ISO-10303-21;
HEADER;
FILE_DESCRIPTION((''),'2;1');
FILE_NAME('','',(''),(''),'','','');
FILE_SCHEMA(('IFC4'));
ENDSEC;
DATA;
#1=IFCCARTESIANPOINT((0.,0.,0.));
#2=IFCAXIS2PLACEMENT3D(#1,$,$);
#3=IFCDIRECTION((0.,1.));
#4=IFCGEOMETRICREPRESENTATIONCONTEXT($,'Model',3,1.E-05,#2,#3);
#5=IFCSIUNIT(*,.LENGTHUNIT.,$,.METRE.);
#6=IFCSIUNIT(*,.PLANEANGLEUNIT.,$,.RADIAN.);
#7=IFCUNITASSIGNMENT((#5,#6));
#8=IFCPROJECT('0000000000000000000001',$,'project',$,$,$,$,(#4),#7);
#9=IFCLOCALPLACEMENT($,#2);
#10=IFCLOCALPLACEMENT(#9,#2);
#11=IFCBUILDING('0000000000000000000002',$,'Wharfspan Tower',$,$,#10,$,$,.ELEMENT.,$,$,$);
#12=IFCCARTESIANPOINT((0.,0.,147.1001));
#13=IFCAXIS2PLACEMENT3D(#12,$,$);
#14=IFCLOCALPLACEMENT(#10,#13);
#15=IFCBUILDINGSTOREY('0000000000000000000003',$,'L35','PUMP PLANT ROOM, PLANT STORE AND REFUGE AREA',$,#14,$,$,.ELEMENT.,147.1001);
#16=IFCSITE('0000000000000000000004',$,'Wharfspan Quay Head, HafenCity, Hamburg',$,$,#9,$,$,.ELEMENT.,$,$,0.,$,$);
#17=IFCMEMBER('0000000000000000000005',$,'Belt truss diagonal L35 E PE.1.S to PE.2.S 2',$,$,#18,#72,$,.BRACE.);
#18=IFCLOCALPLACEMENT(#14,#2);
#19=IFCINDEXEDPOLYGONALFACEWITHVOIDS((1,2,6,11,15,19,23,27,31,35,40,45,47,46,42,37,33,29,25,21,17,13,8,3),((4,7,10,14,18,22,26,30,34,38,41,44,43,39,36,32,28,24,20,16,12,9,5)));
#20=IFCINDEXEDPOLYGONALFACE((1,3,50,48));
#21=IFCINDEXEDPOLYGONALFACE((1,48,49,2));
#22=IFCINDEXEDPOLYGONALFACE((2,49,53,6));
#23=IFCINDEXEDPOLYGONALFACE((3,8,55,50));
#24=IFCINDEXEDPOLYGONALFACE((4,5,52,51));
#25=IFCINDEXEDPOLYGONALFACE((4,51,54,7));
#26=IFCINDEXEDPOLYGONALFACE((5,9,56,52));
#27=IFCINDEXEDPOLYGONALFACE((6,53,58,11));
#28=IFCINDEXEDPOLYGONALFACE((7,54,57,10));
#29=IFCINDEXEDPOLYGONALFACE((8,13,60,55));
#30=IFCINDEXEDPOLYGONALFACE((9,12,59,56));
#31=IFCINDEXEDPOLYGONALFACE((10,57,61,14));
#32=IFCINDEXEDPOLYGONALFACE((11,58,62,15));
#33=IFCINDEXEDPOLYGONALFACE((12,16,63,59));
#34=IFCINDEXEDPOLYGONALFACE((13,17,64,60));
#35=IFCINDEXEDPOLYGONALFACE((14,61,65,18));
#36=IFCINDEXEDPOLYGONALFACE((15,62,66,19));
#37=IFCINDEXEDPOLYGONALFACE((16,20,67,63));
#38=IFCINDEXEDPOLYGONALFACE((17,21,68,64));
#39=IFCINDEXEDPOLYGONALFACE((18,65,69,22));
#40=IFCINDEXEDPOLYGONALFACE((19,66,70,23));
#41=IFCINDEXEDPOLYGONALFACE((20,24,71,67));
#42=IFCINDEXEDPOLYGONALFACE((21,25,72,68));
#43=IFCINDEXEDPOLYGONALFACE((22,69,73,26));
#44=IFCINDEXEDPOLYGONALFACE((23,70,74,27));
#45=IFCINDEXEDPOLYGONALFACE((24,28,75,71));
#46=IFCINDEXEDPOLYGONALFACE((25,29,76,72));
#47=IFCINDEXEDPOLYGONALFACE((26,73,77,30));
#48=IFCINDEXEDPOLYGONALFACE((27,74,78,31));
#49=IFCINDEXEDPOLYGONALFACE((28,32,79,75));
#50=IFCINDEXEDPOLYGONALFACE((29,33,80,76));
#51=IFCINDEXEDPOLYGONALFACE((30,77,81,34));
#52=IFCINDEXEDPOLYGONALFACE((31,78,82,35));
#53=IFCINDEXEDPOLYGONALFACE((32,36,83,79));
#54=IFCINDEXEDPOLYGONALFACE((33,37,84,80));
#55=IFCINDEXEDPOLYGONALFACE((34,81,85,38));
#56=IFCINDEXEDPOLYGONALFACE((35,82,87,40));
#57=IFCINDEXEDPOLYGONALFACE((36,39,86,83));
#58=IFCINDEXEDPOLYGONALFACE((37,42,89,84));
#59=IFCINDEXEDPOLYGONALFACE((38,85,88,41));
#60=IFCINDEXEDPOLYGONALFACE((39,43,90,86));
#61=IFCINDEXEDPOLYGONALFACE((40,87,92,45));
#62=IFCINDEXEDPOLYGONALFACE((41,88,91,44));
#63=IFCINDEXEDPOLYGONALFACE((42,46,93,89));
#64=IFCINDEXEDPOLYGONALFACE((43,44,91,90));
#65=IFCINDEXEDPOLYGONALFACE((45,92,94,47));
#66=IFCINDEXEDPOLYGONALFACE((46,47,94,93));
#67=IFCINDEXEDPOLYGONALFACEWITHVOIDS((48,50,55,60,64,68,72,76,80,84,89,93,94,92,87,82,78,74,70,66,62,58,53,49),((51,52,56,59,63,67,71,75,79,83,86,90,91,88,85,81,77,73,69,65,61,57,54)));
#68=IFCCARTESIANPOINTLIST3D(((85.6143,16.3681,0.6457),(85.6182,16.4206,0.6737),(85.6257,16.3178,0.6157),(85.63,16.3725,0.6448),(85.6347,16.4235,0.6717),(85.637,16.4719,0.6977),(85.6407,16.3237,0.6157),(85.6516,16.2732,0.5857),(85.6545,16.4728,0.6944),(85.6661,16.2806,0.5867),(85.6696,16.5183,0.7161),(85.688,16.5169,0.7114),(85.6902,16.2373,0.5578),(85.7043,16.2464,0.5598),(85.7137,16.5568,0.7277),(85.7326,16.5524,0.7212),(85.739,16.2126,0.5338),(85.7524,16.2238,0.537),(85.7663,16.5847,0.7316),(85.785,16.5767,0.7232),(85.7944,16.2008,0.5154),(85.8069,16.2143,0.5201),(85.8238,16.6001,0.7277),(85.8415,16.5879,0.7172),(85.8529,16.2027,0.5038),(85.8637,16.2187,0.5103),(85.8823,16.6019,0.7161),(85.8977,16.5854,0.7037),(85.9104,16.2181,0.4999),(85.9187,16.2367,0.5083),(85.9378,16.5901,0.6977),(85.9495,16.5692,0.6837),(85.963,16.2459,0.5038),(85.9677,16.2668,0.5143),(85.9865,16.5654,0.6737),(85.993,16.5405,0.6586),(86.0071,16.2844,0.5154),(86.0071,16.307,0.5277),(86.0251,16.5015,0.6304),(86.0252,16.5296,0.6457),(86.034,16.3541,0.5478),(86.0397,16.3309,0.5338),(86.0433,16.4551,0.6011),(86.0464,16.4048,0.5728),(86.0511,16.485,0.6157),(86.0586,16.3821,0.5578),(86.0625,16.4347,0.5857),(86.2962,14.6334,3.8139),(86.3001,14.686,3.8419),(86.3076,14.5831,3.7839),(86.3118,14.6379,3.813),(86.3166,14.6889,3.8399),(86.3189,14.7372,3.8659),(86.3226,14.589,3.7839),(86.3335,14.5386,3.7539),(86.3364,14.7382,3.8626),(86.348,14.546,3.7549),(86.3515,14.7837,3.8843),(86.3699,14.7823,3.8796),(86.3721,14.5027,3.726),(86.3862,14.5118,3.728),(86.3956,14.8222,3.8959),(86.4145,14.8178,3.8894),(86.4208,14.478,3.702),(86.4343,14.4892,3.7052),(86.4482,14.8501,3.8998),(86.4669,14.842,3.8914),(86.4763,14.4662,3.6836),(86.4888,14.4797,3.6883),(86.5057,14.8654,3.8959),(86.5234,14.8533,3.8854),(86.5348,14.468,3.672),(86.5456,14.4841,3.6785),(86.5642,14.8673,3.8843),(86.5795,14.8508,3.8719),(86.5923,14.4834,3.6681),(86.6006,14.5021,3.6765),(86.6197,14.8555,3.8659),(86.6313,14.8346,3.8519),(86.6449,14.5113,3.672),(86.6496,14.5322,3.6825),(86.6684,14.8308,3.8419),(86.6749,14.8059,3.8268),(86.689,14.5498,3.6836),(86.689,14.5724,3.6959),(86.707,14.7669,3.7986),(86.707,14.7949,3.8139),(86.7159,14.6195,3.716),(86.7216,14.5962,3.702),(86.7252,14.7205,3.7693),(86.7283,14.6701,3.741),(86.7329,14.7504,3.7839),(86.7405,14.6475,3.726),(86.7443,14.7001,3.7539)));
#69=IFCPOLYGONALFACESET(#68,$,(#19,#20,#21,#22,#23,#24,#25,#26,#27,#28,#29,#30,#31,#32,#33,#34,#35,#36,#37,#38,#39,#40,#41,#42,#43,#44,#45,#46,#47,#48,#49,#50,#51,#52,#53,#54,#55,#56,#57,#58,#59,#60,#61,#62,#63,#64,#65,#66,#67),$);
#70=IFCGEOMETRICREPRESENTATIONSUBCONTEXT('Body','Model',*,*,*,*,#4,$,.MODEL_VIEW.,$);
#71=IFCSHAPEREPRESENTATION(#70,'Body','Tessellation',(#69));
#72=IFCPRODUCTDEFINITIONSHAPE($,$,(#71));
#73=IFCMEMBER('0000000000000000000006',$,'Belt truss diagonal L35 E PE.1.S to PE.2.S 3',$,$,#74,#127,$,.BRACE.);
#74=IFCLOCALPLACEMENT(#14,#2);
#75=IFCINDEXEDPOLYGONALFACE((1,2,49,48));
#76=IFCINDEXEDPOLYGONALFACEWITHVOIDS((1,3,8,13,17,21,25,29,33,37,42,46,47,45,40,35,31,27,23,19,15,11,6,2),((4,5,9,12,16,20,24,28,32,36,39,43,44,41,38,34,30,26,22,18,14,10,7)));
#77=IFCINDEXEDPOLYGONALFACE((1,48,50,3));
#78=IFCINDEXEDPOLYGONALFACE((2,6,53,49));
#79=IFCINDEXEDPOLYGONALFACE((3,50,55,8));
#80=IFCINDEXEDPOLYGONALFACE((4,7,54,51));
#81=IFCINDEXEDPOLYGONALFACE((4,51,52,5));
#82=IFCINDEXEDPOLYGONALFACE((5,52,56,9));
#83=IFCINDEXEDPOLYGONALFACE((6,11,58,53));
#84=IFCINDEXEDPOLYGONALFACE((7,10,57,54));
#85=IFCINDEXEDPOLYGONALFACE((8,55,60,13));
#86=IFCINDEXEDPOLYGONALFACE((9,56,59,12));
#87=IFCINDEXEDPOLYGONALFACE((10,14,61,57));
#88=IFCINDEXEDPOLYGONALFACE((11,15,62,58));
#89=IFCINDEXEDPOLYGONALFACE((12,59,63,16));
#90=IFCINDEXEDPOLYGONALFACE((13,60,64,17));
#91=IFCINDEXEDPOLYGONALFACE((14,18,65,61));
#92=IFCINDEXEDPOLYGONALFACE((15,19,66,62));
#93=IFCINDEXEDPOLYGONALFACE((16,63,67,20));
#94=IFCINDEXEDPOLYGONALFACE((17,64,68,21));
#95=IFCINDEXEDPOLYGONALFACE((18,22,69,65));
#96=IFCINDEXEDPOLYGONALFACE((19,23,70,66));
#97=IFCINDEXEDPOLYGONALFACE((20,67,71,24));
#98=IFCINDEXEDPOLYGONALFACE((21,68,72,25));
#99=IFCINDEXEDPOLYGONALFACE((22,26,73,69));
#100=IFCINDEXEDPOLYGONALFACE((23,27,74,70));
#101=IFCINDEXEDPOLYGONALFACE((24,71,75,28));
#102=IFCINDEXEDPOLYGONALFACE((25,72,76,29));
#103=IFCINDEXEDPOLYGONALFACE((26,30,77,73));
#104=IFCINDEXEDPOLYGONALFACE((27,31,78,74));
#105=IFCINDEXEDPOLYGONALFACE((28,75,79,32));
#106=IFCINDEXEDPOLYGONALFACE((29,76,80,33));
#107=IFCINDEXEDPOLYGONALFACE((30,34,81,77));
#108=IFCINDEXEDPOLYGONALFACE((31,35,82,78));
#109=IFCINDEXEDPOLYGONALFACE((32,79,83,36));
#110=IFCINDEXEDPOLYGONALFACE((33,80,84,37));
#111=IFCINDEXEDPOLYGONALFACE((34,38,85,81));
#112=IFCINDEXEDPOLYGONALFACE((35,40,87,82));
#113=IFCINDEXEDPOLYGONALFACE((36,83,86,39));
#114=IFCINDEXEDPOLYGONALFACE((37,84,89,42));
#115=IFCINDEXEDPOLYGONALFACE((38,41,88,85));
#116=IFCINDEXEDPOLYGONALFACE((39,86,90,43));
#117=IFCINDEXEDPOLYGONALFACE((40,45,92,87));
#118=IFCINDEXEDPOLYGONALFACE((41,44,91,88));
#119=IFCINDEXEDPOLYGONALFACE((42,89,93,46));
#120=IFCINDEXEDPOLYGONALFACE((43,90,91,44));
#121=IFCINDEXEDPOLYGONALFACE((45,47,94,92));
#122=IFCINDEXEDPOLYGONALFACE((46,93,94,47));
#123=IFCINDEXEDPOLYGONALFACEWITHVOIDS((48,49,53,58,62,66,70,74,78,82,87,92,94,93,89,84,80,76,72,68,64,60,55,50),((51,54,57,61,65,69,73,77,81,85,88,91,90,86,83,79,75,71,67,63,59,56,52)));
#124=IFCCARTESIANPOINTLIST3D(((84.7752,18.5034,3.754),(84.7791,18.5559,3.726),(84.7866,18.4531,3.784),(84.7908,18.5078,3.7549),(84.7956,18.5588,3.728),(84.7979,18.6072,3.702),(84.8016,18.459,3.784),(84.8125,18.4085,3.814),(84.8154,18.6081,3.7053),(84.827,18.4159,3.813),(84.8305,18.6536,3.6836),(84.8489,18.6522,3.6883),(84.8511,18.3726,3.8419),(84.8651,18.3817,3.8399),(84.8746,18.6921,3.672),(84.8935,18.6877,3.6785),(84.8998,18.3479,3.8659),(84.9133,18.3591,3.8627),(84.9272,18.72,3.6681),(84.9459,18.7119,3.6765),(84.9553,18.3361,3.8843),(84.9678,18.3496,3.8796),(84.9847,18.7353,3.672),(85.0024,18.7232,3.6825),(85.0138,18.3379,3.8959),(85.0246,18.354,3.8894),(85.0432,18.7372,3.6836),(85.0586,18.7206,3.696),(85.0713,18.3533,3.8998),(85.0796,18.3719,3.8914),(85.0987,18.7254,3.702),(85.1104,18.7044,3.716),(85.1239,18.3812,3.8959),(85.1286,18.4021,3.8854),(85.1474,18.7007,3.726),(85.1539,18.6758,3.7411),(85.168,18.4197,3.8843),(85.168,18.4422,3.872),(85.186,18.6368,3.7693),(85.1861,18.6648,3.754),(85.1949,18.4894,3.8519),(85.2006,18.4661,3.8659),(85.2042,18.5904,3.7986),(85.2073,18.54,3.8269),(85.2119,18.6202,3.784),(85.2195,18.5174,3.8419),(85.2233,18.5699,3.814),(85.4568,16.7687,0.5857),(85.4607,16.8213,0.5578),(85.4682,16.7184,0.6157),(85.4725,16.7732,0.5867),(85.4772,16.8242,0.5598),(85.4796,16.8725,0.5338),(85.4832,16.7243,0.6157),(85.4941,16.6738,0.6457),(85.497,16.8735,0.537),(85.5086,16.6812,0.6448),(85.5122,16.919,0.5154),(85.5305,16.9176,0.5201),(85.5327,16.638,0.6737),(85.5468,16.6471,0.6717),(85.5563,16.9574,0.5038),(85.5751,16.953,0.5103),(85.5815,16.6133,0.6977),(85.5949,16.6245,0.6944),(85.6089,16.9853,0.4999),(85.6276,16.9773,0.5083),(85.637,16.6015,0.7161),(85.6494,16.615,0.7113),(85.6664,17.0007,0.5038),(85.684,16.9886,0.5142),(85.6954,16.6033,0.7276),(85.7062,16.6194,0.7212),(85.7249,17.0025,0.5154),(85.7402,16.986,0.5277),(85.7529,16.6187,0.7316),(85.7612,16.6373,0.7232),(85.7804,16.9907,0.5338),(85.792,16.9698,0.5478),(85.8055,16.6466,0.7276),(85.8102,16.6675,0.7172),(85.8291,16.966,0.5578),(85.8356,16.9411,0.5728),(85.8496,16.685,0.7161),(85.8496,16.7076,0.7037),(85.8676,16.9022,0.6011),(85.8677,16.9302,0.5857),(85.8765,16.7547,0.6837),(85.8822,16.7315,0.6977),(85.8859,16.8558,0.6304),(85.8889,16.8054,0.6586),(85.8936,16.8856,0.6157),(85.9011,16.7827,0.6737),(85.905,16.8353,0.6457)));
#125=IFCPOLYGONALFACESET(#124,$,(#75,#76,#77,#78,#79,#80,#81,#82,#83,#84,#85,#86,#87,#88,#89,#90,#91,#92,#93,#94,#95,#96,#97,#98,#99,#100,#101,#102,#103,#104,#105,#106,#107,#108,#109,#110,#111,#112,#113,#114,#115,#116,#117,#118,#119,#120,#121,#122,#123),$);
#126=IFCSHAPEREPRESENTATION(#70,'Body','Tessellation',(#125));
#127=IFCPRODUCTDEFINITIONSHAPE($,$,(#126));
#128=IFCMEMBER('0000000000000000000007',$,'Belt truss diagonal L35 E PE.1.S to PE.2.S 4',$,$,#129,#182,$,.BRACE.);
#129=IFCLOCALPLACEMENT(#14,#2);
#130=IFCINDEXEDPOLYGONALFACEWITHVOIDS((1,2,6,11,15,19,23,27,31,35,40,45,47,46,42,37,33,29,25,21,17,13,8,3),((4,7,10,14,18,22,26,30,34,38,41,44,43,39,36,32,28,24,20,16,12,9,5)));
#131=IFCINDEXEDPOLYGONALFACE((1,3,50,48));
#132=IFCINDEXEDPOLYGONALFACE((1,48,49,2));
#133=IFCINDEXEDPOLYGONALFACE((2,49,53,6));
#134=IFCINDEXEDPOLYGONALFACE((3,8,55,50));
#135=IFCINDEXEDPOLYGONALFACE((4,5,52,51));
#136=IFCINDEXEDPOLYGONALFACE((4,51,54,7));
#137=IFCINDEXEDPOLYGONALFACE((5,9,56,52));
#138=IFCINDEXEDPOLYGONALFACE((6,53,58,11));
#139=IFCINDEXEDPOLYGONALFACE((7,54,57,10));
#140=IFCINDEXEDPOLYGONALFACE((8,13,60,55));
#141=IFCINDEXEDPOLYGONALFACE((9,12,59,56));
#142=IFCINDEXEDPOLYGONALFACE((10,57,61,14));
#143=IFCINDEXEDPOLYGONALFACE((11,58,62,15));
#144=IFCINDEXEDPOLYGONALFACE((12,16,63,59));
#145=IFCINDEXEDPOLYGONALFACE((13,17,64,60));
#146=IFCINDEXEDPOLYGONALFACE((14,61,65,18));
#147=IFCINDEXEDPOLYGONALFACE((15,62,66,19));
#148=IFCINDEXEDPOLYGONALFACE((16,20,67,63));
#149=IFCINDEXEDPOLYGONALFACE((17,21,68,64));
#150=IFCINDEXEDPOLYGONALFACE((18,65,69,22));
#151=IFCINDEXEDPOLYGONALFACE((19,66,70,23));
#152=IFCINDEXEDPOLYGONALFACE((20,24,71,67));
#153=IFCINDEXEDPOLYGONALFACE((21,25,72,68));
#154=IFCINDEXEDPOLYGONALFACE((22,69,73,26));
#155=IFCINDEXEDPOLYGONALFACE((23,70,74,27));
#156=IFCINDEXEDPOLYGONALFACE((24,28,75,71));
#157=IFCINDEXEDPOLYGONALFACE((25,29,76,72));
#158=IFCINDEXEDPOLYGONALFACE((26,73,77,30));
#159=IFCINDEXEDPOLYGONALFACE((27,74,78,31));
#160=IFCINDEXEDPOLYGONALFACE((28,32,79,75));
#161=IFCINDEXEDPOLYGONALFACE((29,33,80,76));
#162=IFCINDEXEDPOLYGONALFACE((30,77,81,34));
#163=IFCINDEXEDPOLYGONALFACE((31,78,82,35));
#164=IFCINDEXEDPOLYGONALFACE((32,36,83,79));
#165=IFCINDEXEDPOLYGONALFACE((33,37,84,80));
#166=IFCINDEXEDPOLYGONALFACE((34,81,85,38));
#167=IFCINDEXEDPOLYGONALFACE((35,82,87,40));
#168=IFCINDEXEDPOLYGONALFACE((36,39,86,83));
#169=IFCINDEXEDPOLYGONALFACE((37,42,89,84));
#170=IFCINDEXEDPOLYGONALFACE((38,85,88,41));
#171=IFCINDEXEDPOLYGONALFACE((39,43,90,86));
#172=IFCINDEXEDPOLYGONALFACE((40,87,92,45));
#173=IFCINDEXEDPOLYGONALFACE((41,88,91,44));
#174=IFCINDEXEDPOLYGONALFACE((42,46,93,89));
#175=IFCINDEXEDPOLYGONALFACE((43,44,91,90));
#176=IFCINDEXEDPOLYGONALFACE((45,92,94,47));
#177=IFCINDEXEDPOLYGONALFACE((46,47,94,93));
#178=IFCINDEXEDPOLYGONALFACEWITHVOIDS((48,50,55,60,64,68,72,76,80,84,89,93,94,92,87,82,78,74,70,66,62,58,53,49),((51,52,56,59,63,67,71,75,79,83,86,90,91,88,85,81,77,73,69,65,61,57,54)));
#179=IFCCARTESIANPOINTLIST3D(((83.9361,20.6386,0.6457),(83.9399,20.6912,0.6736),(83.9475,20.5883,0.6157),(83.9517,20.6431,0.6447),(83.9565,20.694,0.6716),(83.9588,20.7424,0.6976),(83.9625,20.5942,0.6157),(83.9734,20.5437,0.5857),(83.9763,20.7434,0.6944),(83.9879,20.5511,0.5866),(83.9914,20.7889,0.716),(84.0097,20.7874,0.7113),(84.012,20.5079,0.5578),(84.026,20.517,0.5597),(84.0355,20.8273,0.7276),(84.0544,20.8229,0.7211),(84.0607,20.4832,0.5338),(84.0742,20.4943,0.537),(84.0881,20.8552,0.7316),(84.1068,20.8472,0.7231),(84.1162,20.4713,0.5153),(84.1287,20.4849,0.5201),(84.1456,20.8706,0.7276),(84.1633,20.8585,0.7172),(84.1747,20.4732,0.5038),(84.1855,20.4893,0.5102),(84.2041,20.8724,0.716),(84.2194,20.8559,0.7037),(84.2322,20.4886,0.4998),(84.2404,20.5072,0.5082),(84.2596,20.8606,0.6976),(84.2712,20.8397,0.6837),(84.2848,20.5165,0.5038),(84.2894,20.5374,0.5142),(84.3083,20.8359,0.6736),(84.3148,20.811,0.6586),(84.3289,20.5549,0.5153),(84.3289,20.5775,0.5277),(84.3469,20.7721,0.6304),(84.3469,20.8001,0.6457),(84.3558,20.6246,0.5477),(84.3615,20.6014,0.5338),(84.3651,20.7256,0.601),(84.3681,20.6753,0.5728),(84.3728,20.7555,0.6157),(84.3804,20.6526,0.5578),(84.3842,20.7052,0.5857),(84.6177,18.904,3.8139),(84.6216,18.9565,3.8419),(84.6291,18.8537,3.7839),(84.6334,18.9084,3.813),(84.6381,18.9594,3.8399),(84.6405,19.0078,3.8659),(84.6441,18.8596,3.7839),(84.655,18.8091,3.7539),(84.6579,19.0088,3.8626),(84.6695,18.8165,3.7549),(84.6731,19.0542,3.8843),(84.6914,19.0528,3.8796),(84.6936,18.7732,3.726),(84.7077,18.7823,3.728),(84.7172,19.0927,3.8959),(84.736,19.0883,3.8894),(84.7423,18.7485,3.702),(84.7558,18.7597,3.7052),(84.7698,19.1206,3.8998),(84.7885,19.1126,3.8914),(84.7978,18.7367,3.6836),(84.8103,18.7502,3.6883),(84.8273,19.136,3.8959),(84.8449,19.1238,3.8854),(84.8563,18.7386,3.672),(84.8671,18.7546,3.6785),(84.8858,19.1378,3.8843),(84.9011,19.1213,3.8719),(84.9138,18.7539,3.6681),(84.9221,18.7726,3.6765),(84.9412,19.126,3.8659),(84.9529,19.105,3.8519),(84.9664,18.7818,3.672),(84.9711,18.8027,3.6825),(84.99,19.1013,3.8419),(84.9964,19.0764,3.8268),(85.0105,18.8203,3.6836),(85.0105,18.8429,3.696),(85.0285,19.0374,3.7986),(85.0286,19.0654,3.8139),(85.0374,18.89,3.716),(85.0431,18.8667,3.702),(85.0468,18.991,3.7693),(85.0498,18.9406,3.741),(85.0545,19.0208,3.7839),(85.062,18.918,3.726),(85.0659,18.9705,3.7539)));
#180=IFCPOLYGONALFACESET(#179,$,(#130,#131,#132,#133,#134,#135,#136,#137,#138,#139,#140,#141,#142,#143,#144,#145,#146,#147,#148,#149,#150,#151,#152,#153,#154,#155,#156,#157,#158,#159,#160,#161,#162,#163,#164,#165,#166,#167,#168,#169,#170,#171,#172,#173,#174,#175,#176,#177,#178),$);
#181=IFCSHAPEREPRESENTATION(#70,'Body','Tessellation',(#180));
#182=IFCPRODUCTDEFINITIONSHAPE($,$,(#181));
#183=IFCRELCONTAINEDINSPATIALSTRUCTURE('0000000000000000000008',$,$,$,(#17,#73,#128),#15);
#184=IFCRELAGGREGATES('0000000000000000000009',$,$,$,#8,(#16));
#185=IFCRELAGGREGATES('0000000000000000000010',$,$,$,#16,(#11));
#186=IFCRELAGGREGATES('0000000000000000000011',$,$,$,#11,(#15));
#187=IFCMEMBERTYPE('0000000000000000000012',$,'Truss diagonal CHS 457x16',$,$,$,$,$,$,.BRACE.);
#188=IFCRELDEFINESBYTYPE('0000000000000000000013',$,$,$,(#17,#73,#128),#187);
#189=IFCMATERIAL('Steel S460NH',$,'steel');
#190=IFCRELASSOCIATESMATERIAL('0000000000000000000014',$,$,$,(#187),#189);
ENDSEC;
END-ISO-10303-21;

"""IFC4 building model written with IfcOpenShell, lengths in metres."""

from ifc_helpers import new_model, si_unit, direction, frame, origin, origin_2d, place, context, subcontext, project, spatial, hollow_circle, extrude, material, material_profile, profile_set, type_object, element, save


model = new_model("IFC4")

# Units and contexts
model_context = context("Model", 3, precision=1e-05, world=origin(), true_north=direction((0.0, 1.0)))
body_context = subcontext(model_context, "Body", "Model", "MODEL_VIEW")
ifc_project = project(units=[si_unit("LENGTHUNIT", "METRE"), si_unit("PLANEANGLEUNIT", "RADIAN")], contexts=[model_context])

# Site, building, storey
site_placement = place(None, origin())
site = spatial("IfcSite", under=ifc_project, at=site_placement, Name="Wharfspan Quay Head, HafenCity, Hamburg", CompositionType="ELEMENT", RefElevation=0.0)
building_placement = place(site_placement, origin())
building = spatial("IfcBuilding", under=site, at=building_placement, Name="Wharfspan Tower", CompositionType="ELEMENT")
storey_placement = place(building_placement, frame((0.0, 0.0, 147.1001)))
storey = spatial("IfcBuildingStorey", under=building, at=storey_placement, Name="L35", Description="PUMP PLANT ROOM, PLANT STORE AND REFUGE AREA", CompositionType="ELEMENT", Elevation=147.1001)

# Members
ifc_material_1 = material(Name="Steel S460NH", Category="steel")
ifc_material_profile_1 = material_profile(ifc_material_1, hollow_circle(Radius=0.2285, WallThickness=0.0161, at=origin_2d()))
ifc_profile_set_1 = profile_set([ifc_material_profile_1], Name="Steel S460NH")
member_type_1 = type_object("IfcMemberType", Name="Truss diagonal CHS 457x16", PredefinedType="BRACE", material=ifc_profile_set_1)
for number, where, z_axis, x_axis, name in (
    (1, (86.5203, 14.6667, 3.7839), (-0.185507, 0.471904, -0.861913), (-0.930677, -0.365854, -0.000001), "Belt truss diagonal L35 E PE.1.S to PE.2.S 2"),
    (2, (85.6809, 16.802, 0.6157), (-0.185443, 0.471909, 0.861924), (-0.930715, -0.365737, 0.0), "Belt truss diagonal L35 E PE.1.S to PE.2.S 3"),
    (3, (84.8418, 18.9373, 3.7839), (-0.185443, 0.471909, -0.861924), (-0.930715, -0.365737, 0.0), "Belt truss diagonal L35 E PE.1.S to PE.2.S 4"),
):
    element("IfcMember", number, at=place(storey_placement, frame(where, z_axis=z_axis, x_axis=x_axis)), inside=storey, type_object=member_type_1, Name=name, PredefinedType="BRACE", context=body_context, shape_type="SweptSolid", body=[
        extrude(hollow_circle(Radius=0.2285, WallThickness=0.0161, at=origin_2d()), origin(), (0.0, 0.0, 1.0), 3.6758),
    ])

save(model, "model.ifc")
